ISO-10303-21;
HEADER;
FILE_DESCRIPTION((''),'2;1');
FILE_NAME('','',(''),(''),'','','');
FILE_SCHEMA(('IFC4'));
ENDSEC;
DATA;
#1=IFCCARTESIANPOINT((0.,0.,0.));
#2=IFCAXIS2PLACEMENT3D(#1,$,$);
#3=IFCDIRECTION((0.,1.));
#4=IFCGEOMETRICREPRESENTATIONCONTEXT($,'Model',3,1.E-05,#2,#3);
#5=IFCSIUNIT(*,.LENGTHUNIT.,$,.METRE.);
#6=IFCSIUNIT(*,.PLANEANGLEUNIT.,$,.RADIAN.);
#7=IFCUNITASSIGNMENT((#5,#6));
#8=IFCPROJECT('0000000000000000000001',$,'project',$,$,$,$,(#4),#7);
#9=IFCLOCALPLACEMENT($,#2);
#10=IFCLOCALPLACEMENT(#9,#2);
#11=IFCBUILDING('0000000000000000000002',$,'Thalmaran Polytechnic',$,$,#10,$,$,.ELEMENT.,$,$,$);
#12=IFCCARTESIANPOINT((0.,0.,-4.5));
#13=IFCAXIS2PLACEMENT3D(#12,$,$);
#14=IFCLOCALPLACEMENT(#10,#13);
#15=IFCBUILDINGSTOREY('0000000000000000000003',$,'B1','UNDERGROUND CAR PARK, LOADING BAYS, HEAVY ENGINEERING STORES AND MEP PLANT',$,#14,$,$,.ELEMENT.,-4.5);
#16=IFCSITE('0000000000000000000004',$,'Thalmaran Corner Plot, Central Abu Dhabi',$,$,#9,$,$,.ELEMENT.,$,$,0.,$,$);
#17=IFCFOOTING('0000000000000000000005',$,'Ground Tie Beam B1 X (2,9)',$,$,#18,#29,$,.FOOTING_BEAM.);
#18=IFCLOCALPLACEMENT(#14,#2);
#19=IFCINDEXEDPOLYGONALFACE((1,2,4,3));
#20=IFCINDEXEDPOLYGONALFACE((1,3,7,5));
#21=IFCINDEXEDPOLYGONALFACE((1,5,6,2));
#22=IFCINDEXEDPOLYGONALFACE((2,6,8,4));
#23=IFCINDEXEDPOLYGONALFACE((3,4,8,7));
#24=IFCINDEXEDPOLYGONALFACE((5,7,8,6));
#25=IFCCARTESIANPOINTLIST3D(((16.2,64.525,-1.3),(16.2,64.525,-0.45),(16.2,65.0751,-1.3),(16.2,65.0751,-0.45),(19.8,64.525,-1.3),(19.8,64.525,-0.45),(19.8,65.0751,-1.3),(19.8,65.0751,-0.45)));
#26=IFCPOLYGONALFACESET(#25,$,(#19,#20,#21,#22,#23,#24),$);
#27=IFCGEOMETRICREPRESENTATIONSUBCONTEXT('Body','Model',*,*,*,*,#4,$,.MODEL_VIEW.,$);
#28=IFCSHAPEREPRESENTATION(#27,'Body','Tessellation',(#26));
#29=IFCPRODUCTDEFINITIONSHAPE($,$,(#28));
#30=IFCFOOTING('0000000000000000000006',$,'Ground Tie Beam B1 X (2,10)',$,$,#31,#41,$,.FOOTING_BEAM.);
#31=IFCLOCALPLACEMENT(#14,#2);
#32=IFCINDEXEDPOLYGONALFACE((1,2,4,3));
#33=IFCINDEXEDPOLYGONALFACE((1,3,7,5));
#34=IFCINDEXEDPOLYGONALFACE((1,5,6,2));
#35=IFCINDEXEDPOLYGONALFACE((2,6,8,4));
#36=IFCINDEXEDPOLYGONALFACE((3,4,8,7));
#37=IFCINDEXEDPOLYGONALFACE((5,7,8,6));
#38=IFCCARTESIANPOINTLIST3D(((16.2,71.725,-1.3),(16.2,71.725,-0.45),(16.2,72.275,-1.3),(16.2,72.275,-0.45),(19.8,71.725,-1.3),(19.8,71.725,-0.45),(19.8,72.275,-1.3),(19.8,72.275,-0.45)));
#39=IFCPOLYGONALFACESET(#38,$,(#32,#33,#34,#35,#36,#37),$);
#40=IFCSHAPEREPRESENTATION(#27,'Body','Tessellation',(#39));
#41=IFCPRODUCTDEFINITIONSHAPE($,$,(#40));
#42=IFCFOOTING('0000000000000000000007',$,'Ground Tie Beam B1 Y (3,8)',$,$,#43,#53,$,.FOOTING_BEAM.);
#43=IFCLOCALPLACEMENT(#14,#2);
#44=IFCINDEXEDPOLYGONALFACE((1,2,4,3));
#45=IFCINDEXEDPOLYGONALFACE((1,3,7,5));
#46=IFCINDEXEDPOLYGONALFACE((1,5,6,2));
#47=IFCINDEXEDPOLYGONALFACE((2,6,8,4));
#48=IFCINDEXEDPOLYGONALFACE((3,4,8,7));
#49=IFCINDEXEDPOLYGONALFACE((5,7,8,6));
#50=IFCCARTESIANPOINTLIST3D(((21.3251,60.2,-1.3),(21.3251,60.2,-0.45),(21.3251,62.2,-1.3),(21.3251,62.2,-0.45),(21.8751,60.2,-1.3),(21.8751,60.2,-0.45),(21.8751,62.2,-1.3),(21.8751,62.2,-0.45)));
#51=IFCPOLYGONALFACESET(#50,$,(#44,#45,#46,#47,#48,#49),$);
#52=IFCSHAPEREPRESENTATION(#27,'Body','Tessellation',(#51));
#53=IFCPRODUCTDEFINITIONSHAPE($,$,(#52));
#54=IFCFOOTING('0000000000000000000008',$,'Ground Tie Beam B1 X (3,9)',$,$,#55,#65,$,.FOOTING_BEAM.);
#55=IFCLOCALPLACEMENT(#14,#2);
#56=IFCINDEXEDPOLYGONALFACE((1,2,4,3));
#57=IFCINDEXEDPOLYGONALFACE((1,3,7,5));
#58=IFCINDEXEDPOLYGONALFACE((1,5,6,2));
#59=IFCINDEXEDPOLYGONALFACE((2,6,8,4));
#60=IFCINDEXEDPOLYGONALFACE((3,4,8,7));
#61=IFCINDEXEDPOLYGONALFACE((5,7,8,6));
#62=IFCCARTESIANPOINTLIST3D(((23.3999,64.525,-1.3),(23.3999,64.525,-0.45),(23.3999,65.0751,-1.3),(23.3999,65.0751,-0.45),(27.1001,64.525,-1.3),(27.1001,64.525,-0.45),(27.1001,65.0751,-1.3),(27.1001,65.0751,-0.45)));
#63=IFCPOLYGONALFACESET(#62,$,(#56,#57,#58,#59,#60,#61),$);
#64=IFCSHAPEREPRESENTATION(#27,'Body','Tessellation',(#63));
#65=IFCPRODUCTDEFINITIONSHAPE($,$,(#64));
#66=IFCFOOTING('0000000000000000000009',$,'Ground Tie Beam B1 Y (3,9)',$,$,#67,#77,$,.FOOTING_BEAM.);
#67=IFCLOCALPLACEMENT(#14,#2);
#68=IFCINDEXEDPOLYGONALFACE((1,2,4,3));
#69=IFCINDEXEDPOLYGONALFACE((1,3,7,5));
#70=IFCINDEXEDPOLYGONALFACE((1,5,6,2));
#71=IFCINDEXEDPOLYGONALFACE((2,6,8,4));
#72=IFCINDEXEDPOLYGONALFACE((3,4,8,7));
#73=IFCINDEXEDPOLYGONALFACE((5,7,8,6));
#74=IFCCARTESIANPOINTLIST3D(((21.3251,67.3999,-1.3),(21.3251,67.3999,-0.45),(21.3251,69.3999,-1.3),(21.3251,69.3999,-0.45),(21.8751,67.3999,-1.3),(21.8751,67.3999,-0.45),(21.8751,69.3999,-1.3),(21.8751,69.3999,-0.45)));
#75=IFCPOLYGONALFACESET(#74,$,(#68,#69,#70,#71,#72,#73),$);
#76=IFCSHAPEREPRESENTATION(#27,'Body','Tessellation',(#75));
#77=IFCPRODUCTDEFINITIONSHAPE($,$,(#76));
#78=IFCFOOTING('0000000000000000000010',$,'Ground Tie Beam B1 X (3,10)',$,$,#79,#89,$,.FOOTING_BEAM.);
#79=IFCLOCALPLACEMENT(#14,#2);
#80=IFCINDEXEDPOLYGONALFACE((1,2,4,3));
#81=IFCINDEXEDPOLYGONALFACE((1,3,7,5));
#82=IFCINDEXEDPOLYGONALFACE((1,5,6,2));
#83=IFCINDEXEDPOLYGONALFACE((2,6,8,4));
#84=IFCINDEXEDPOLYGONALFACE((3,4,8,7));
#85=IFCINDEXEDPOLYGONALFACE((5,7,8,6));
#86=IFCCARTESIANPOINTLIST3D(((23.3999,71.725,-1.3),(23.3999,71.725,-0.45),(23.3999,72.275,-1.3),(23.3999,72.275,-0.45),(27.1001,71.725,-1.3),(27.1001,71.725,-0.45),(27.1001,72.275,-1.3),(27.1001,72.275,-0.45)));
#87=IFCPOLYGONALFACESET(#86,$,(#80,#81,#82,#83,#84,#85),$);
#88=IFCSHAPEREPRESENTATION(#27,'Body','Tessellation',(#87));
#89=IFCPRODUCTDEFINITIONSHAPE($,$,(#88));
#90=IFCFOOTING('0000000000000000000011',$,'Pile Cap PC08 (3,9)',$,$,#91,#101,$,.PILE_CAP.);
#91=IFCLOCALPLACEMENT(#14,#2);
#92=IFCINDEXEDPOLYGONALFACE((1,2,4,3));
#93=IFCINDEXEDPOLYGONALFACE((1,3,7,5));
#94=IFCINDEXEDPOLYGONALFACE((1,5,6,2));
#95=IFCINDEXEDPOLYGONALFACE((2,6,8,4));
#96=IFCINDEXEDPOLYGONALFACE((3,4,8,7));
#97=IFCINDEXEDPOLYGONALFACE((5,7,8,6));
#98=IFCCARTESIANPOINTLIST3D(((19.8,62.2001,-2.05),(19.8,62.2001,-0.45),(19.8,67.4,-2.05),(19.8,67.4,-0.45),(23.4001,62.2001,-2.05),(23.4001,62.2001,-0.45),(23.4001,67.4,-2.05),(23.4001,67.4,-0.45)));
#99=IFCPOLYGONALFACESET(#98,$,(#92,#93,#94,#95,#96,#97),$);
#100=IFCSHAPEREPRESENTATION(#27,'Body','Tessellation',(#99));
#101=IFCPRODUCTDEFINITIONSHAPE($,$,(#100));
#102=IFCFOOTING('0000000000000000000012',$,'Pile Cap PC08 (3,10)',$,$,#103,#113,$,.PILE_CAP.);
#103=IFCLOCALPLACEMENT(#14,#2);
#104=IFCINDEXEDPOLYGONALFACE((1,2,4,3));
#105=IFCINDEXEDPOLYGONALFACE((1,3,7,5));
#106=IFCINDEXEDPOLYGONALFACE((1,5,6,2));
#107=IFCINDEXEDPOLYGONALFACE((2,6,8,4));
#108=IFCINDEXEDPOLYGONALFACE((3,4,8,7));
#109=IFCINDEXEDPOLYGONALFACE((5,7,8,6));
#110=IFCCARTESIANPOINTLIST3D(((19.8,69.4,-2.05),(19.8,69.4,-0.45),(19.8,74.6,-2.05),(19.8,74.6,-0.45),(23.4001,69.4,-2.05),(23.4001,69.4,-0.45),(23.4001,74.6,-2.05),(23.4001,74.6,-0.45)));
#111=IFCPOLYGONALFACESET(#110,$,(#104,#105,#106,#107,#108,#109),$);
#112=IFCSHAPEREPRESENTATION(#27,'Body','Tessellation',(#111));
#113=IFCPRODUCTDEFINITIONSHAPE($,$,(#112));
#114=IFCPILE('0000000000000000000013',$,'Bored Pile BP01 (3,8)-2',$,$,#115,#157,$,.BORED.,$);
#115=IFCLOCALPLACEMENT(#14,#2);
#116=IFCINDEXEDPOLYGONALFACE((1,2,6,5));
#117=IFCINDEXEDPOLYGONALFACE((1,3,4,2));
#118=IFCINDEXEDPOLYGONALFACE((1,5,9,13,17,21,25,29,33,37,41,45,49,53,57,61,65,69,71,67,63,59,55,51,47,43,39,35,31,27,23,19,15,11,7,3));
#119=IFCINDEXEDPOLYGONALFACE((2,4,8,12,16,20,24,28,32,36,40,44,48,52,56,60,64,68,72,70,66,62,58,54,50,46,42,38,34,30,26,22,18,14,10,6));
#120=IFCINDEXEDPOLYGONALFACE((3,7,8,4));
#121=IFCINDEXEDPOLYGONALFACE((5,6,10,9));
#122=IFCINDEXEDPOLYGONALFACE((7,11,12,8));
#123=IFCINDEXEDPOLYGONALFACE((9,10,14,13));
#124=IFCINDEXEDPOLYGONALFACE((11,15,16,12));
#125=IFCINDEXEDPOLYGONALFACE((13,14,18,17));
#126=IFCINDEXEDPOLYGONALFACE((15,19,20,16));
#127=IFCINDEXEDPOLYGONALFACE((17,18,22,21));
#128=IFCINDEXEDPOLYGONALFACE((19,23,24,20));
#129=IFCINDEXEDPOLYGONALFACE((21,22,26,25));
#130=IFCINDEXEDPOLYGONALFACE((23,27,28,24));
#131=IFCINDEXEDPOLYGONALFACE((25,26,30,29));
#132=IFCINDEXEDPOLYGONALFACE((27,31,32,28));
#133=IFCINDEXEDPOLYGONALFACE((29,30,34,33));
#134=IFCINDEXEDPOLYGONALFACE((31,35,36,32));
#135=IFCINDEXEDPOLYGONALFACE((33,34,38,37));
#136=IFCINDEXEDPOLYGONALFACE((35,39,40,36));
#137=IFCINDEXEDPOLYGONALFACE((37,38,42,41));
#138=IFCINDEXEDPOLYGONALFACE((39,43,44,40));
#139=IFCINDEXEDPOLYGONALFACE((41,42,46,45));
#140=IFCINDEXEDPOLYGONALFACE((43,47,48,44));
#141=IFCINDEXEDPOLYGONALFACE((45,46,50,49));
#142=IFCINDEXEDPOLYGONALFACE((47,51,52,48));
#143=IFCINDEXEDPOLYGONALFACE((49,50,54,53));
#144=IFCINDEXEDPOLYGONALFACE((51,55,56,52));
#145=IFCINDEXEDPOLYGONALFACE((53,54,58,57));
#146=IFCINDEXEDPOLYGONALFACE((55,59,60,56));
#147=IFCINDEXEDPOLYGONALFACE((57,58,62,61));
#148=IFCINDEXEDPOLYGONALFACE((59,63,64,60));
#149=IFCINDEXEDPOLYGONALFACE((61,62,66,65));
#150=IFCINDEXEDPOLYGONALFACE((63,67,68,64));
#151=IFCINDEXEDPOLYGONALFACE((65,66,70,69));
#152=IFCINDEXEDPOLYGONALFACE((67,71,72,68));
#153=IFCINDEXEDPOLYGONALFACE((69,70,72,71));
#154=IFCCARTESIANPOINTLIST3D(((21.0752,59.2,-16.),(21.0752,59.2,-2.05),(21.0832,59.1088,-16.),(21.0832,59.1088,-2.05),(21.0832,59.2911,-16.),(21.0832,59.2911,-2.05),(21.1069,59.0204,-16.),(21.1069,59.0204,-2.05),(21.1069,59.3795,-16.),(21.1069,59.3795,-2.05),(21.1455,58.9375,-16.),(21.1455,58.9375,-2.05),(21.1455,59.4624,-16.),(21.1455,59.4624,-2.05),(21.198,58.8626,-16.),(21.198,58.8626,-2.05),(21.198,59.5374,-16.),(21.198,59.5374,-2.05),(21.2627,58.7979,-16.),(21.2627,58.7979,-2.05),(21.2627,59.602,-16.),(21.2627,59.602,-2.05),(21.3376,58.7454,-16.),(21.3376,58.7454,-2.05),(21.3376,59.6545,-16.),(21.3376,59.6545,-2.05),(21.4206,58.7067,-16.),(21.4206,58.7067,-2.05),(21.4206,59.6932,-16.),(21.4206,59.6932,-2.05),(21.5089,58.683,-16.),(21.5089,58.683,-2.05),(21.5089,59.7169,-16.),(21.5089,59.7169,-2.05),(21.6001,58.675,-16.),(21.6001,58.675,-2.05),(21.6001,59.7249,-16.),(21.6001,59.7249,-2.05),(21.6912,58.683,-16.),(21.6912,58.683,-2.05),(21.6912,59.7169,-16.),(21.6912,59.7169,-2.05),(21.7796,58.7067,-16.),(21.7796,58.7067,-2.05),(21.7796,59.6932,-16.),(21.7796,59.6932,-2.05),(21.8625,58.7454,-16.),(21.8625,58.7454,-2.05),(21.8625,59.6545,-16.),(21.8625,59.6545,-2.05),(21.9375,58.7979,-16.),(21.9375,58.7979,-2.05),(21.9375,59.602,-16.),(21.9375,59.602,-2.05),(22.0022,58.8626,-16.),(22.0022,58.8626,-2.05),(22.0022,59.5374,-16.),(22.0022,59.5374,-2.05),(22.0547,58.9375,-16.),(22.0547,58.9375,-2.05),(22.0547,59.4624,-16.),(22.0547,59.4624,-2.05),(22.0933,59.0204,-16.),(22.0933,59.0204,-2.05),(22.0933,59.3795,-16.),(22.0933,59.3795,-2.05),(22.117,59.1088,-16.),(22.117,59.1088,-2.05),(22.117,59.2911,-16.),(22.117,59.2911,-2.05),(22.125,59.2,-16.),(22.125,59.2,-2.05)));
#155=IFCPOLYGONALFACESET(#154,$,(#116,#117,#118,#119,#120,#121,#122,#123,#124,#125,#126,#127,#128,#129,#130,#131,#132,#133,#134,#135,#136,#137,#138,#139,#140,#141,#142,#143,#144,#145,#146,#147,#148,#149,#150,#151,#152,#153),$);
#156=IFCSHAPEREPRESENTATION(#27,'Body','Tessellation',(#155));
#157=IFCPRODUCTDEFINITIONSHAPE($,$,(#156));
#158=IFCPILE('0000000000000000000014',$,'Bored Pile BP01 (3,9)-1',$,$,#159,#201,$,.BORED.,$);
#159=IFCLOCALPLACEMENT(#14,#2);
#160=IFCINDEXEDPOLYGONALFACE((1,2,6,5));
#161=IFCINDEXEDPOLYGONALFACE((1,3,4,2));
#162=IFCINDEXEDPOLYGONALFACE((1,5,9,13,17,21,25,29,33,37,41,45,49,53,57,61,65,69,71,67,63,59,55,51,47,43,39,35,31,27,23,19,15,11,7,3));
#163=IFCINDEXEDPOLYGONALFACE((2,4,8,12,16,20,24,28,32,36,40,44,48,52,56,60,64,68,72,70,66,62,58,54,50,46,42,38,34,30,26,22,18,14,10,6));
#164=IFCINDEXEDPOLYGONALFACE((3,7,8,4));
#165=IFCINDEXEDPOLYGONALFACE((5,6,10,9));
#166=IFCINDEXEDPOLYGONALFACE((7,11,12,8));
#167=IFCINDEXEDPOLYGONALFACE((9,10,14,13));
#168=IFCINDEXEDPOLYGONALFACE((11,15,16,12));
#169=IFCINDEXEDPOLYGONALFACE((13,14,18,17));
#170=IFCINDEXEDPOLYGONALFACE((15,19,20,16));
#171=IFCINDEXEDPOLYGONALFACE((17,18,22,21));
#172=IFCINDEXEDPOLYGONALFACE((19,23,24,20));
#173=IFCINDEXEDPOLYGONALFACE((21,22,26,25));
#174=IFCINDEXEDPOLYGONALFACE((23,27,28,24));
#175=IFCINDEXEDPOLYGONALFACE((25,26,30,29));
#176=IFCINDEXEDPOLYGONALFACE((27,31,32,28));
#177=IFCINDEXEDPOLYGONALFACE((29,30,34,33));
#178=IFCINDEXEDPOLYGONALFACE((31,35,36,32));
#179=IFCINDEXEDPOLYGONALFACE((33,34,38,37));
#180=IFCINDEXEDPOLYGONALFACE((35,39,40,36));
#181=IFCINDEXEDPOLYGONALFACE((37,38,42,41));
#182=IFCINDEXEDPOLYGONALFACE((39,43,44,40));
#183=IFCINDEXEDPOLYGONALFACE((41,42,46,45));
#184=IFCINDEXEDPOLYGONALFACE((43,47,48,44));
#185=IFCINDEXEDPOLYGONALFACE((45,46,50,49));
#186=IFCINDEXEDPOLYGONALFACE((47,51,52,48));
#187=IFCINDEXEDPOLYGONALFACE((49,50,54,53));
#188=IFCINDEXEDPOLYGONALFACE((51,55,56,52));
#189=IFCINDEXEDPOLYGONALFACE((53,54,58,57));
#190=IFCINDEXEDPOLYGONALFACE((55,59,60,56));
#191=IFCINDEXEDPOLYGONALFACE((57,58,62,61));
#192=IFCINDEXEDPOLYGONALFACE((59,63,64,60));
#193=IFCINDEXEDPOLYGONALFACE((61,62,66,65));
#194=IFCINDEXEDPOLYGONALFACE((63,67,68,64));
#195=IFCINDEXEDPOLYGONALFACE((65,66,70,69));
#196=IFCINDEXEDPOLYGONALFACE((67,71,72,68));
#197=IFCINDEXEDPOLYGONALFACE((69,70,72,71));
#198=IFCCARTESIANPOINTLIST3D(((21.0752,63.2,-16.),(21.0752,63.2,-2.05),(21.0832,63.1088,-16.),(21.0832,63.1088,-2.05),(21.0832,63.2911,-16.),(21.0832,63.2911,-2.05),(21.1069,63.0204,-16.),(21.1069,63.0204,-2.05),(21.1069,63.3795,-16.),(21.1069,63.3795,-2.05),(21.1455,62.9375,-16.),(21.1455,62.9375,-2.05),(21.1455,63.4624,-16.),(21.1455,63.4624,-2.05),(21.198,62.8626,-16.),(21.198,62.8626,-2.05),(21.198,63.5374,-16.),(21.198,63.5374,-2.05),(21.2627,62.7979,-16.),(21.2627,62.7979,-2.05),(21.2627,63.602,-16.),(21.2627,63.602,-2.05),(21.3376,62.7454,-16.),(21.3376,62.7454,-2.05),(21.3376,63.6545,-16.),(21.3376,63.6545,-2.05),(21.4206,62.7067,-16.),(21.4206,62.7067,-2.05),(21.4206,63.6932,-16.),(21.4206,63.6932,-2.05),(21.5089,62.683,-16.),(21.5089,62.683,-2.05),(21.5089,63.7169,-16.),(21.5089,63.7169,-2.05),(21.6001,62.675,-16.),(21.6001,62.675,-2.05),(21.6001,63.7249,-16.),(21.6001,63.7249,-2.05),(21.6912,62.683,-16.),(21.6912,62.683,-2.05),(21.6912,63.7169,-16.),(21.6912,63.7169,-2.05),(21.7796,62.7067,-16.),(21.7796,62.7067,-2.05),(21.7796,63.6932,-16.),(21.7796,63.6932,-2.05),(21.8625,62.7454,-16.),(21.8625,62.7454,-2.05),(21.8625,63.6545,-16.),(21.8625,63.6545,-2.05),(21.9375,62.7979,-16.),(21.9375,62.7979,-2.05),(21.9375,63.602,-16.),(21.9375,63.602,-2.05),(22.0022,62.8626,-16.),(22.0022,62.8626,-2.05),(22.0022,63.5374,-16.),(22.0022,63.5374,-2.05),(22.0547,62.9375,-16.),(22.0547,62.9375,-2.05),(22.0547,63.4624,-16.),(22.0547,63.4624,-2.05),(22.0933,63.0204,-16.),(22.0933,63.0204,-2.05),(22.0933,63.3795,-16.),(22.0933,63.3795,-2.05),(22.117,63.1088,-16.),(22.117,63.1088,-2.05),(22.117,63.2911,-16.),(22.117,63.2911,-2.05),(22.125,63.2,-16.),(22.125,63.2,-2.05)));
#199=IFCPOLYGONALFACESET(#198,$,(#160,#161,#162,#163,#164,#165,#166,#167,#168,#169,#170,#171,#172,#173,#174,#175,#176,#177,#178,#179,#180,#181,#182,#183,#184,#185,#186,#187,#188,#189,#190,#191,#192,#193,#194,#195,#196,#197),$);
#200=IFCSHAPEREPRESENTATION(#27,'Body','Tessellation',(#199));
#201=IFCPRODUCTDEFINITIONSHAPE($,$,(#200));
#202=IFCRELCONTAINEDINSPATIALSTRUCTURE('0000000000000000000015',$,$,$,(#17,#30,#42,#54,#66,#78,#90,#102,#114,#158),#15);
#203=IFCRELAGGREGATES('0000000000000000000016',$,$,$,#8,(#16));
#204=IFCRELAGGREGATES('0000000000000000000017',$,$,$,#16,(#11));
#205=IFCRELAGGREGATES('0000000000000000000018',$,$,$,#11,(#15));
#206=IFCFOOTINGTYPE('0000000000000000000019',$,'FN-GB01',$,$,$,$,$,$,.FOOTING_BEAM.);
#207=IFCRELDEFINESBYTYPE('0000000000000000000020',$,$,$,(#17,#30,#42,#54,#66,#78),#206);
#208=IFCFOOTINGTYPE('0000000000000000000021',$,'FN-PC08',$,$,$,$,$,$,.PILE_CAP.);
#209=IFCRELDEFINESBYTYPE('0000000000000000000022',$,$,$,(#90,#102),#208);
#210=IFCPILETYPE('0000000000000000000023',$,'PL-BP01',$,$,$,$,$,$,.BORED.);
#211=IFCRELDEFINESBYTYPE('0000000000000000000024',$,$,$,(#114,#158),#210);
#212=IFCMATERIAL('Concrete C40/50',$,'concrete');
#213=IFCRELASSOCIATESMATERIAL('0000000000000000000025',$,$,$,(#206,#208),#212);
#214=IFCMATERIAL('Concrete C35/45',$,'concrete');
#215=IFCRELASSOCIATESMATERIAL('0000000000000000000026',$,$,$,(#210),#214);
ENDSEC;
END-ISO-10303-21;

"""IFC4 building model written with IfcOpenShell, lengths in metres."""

from ifc_helpers import new_model, si_unit, direction, frame, origin, origin_2d, place, context, subcontext, project, spatial, rectangle, circle, extrude, material, material_profile, profile_set, type_object, element, save


model = new_model("IFC4")

# Units and contexts
model_context = context("Model", 3, precision=1e-05, world=origin(), true_north=direction((0.0, 1.0)))
body_context = subcontext(model_context, "Body", "Model", "MODEL_VIEW")
ifc_project = project(units=[si_unit("LENGTHUNIT", "METRE"), si_unit("PLANEANGLEUNIT", "RADIAN")], contexts=[model_context])

# Site, building, storey
site_placement = place(None, origin())
site = spatial("IfcSite", under=ifc_project, at=site_placement, Name="Thalmaran Corner Plot, Central Abu Dhabi", CompositionType="ELEMENT", RefElevation=0.0)
building_placement = place(site_placement, origin())
building = spatial("IfcBuilding", under=site, at=building_placement, Name="Thalmaran Polytechnic", CompositionType="ELEMENT")
storey_placement = place(building_placement, frame((0.0, 0.0, -4.5)))
storey = spatial("IfcBuildingStorey", under=building, at=storey_placement, Name="B1", Description="UNDERGROUND CAR PARK, LOADING BAYS, HEAVY ENGINEERING STORES AND MEP PLANT", CompositionType="ELEMENT", Elevation=-4.5)

# Footings
ifc_material_1 = material(Name="Concrete C40/50", Category="concrete")
ifc_material_profile_1 = material_profile(ifc_material_1, rectangle(XDim=0.55, YDim=0.8501, at=origin_2d()), Name="RC 550x850")
ifc_profile_set_1 = profile_set([ifc_material_profile_1], Name="Concrete C40/50")
footing_type_1 = type_object("IfcFootingType", Name="FN-GB01", PredefinedType="FOOTING_BEAM", material=ifc_profile_set_1)
for number, where, z_axis, x_axis, name in (
    (1, (16.2, 64.8, -0.875), (1.0, 0.0, 0.0), (0.0, 1.0, 0.0), "Ground Tie Beam B1 X (2,9)"),
    (2, (16.2, 72.0, -0.875), (1.0, 0.0, 0.0), (0.0, 1.0, 0.0), "Ground Tie Beam B1 X (2,10)"),
):
    element("IfcFooting", number, at=place(storey_placement, frame(where, z_axis=z_axis, x_axis=x_axis)), inside=storey, type_object=footing_type_1, Name=name, PredefinedType="FOOTING_BEAM", context=body_context, shape_type="SweptSolid", body=[
        extrude(rectangle(XDim=0.55, YDim=0.8501, at=origin_2d()), origin(), (0.0, 0.0, 1.0), 3.6001),
    ])
footing_1_placement = place(storey_placement, frame((21.6001, 60.2, -0.875), z_axis=(0.0, 1.0, 0.0), x_axis=(-1.0, 0.0, 0.0)))
element("IfcFooting", 3, at=footing_1_placement, inside=storey, type_object=footing_type_1, Name="Ground Tie Beam B1 Y (3,8)", PredefinedType="FOOTING_BEAM", context=body_context, shape_type="SweptSolid", body=[
    extrude(rectangle(XDim=0.55, YDim=0.8501, at=origin_2d()), origin(), (0.0, 0.0, 1.0), 2.0),
])
footing_2_placement = place(storey_placement, frame((23.3999, 64.8, -0.875), z_axis=(1.0, 0.0, 0.0), x_axis=(0.0, 1.0, 0.0)))
element("IfcFooting", 4, at=footing_2_placement, inside=storey, type_object=footing_type_1, Name="Ground Tie Beam B1 X (3,9)", PredefinedType="FOOTING_BEAM", context=body_context, shape_type="SweptSolid", body=[
    extrude(rectangle(XDim=0.55, YDim=0.8501, at=origin_2d()), origin(), (0.0, 0.0, 1.0), 3.7002),
])
footing_3_placement = place(storey_placement, frame((21.6001, 67.3999, -0.875), z_axis=(0.0, 1.0, 0.0), x_axis=(-1.0, 0.0, 0.0)))
element("IfcFooting", 5, at=footing_3_placement, inside=storey, type_object=footing_type_1, Name="Ground Tie Beam B1 Y (3,9)", PredefinedType="FOOTING_BEAM", context=body_context, shape_type="SweptSolid", body=[
    extrude(rectangle(XDim=0.55, YDim=0.8501, at=origin_2d()), origin(), (0.0, 0.0, 1.0), 2.0),
])
footing_4_placement = place(storey_placement, frame((23.3999, 72.0, -0.875), z_axis=(1.0, 0.0, 0.0), x_axis=(0.0, 1.0, 0.0)))
element("IfcFooting", 6, at=footing_4_placement, inside=storey, type_object=footing_type_1, Name="Ground Tie Beam B1 X (3,10)", PredefinedType="FOOTING_BEAM", context=body_context, shape_type="SweptSolid", body=[
    extrude(rectangle(XDim=0.55, YDim=0.8501, at=origin_2d()), origin(), (0.0, 0.0, 1.0), 3.7002),
])
footing_type_2 = type_object("IfcFootingType", Name="FN-PC08", PredefinedType="PILE_CAP", material=ifc_material_1)
for number, where, z_axis, x_axis, name in (
    (7, (21.6001, 64.8, -2.05), (0.0, 0.0, 1.0), (1.0, 0.0, 0.0), "Pile Cap PC08 (3,9)"),
    (8, (21.6001, 72.0, -2.05), (0.0, 0.0, 1.0), (1.0, 0.0, 0.0), "Pile Cap PC08 (3,10)"),
):
    element("IfcFooting", number, at=place(storey_placement, frame(where, z_axis=z_axis, x_axis=x_axis)), inside=storey, type_object=footing_type_2, Name=name, PredefinedType="PILE_CAP", context=body_context, shape_type="SweptSolid", body=[
        extrude(rectangle(XDim=3.6001, YDim=5.2, at=origin_2d()), origin(), (0.0, 0.0, 1.0), 1.6001),
    ])

# Piles
ifc_material_2 = material(Name="Concrete C35/45", Category="concrete")
ifc_material_profile_2 = material_profile(ifc_material_2, circle(Radius=0.5249, at=origin_2d()), Name="RC 1050 DIA")
ifc_profile_set_2 = profile_set([ifc_material_profile_2], Name="Concrete C35/45")
pile_type_1 = type_object("IfcPileType", Name="PL-BP01", PredefinedType="BORED", material=ifc_profile_set_2)
for number, where, z_axis, x_axis, name in (
    (9, (21.6001, 59.2, -2.05), (0.0, 0.0, -1.0), (1.0, 0.0, 0.0), "Bored Pile BP01 (3,8)-2"),
    (10, (21.6001, 63.2, -2.05), (0.0, 0.0, -1.0), (1.0, 0.0, 0.0), "Bored Pile BP01 (3,9)-1"),
):
    element("IfcPile", number, at=place(storey_placement, frame(where, z_axis=z_axis, x_axis=x_axis)), inside=storey, type_object=pile_type_1, Name=name, PredefinedType="BORED", context=body_context, shape_type="SweptSolid", body=[
        extrude(circle(Radius=0.5249, at=origin_2d()), origin(), (0.0, 0.0, 1.0), 13.95),
    ])

save(model, "model.ifc")
